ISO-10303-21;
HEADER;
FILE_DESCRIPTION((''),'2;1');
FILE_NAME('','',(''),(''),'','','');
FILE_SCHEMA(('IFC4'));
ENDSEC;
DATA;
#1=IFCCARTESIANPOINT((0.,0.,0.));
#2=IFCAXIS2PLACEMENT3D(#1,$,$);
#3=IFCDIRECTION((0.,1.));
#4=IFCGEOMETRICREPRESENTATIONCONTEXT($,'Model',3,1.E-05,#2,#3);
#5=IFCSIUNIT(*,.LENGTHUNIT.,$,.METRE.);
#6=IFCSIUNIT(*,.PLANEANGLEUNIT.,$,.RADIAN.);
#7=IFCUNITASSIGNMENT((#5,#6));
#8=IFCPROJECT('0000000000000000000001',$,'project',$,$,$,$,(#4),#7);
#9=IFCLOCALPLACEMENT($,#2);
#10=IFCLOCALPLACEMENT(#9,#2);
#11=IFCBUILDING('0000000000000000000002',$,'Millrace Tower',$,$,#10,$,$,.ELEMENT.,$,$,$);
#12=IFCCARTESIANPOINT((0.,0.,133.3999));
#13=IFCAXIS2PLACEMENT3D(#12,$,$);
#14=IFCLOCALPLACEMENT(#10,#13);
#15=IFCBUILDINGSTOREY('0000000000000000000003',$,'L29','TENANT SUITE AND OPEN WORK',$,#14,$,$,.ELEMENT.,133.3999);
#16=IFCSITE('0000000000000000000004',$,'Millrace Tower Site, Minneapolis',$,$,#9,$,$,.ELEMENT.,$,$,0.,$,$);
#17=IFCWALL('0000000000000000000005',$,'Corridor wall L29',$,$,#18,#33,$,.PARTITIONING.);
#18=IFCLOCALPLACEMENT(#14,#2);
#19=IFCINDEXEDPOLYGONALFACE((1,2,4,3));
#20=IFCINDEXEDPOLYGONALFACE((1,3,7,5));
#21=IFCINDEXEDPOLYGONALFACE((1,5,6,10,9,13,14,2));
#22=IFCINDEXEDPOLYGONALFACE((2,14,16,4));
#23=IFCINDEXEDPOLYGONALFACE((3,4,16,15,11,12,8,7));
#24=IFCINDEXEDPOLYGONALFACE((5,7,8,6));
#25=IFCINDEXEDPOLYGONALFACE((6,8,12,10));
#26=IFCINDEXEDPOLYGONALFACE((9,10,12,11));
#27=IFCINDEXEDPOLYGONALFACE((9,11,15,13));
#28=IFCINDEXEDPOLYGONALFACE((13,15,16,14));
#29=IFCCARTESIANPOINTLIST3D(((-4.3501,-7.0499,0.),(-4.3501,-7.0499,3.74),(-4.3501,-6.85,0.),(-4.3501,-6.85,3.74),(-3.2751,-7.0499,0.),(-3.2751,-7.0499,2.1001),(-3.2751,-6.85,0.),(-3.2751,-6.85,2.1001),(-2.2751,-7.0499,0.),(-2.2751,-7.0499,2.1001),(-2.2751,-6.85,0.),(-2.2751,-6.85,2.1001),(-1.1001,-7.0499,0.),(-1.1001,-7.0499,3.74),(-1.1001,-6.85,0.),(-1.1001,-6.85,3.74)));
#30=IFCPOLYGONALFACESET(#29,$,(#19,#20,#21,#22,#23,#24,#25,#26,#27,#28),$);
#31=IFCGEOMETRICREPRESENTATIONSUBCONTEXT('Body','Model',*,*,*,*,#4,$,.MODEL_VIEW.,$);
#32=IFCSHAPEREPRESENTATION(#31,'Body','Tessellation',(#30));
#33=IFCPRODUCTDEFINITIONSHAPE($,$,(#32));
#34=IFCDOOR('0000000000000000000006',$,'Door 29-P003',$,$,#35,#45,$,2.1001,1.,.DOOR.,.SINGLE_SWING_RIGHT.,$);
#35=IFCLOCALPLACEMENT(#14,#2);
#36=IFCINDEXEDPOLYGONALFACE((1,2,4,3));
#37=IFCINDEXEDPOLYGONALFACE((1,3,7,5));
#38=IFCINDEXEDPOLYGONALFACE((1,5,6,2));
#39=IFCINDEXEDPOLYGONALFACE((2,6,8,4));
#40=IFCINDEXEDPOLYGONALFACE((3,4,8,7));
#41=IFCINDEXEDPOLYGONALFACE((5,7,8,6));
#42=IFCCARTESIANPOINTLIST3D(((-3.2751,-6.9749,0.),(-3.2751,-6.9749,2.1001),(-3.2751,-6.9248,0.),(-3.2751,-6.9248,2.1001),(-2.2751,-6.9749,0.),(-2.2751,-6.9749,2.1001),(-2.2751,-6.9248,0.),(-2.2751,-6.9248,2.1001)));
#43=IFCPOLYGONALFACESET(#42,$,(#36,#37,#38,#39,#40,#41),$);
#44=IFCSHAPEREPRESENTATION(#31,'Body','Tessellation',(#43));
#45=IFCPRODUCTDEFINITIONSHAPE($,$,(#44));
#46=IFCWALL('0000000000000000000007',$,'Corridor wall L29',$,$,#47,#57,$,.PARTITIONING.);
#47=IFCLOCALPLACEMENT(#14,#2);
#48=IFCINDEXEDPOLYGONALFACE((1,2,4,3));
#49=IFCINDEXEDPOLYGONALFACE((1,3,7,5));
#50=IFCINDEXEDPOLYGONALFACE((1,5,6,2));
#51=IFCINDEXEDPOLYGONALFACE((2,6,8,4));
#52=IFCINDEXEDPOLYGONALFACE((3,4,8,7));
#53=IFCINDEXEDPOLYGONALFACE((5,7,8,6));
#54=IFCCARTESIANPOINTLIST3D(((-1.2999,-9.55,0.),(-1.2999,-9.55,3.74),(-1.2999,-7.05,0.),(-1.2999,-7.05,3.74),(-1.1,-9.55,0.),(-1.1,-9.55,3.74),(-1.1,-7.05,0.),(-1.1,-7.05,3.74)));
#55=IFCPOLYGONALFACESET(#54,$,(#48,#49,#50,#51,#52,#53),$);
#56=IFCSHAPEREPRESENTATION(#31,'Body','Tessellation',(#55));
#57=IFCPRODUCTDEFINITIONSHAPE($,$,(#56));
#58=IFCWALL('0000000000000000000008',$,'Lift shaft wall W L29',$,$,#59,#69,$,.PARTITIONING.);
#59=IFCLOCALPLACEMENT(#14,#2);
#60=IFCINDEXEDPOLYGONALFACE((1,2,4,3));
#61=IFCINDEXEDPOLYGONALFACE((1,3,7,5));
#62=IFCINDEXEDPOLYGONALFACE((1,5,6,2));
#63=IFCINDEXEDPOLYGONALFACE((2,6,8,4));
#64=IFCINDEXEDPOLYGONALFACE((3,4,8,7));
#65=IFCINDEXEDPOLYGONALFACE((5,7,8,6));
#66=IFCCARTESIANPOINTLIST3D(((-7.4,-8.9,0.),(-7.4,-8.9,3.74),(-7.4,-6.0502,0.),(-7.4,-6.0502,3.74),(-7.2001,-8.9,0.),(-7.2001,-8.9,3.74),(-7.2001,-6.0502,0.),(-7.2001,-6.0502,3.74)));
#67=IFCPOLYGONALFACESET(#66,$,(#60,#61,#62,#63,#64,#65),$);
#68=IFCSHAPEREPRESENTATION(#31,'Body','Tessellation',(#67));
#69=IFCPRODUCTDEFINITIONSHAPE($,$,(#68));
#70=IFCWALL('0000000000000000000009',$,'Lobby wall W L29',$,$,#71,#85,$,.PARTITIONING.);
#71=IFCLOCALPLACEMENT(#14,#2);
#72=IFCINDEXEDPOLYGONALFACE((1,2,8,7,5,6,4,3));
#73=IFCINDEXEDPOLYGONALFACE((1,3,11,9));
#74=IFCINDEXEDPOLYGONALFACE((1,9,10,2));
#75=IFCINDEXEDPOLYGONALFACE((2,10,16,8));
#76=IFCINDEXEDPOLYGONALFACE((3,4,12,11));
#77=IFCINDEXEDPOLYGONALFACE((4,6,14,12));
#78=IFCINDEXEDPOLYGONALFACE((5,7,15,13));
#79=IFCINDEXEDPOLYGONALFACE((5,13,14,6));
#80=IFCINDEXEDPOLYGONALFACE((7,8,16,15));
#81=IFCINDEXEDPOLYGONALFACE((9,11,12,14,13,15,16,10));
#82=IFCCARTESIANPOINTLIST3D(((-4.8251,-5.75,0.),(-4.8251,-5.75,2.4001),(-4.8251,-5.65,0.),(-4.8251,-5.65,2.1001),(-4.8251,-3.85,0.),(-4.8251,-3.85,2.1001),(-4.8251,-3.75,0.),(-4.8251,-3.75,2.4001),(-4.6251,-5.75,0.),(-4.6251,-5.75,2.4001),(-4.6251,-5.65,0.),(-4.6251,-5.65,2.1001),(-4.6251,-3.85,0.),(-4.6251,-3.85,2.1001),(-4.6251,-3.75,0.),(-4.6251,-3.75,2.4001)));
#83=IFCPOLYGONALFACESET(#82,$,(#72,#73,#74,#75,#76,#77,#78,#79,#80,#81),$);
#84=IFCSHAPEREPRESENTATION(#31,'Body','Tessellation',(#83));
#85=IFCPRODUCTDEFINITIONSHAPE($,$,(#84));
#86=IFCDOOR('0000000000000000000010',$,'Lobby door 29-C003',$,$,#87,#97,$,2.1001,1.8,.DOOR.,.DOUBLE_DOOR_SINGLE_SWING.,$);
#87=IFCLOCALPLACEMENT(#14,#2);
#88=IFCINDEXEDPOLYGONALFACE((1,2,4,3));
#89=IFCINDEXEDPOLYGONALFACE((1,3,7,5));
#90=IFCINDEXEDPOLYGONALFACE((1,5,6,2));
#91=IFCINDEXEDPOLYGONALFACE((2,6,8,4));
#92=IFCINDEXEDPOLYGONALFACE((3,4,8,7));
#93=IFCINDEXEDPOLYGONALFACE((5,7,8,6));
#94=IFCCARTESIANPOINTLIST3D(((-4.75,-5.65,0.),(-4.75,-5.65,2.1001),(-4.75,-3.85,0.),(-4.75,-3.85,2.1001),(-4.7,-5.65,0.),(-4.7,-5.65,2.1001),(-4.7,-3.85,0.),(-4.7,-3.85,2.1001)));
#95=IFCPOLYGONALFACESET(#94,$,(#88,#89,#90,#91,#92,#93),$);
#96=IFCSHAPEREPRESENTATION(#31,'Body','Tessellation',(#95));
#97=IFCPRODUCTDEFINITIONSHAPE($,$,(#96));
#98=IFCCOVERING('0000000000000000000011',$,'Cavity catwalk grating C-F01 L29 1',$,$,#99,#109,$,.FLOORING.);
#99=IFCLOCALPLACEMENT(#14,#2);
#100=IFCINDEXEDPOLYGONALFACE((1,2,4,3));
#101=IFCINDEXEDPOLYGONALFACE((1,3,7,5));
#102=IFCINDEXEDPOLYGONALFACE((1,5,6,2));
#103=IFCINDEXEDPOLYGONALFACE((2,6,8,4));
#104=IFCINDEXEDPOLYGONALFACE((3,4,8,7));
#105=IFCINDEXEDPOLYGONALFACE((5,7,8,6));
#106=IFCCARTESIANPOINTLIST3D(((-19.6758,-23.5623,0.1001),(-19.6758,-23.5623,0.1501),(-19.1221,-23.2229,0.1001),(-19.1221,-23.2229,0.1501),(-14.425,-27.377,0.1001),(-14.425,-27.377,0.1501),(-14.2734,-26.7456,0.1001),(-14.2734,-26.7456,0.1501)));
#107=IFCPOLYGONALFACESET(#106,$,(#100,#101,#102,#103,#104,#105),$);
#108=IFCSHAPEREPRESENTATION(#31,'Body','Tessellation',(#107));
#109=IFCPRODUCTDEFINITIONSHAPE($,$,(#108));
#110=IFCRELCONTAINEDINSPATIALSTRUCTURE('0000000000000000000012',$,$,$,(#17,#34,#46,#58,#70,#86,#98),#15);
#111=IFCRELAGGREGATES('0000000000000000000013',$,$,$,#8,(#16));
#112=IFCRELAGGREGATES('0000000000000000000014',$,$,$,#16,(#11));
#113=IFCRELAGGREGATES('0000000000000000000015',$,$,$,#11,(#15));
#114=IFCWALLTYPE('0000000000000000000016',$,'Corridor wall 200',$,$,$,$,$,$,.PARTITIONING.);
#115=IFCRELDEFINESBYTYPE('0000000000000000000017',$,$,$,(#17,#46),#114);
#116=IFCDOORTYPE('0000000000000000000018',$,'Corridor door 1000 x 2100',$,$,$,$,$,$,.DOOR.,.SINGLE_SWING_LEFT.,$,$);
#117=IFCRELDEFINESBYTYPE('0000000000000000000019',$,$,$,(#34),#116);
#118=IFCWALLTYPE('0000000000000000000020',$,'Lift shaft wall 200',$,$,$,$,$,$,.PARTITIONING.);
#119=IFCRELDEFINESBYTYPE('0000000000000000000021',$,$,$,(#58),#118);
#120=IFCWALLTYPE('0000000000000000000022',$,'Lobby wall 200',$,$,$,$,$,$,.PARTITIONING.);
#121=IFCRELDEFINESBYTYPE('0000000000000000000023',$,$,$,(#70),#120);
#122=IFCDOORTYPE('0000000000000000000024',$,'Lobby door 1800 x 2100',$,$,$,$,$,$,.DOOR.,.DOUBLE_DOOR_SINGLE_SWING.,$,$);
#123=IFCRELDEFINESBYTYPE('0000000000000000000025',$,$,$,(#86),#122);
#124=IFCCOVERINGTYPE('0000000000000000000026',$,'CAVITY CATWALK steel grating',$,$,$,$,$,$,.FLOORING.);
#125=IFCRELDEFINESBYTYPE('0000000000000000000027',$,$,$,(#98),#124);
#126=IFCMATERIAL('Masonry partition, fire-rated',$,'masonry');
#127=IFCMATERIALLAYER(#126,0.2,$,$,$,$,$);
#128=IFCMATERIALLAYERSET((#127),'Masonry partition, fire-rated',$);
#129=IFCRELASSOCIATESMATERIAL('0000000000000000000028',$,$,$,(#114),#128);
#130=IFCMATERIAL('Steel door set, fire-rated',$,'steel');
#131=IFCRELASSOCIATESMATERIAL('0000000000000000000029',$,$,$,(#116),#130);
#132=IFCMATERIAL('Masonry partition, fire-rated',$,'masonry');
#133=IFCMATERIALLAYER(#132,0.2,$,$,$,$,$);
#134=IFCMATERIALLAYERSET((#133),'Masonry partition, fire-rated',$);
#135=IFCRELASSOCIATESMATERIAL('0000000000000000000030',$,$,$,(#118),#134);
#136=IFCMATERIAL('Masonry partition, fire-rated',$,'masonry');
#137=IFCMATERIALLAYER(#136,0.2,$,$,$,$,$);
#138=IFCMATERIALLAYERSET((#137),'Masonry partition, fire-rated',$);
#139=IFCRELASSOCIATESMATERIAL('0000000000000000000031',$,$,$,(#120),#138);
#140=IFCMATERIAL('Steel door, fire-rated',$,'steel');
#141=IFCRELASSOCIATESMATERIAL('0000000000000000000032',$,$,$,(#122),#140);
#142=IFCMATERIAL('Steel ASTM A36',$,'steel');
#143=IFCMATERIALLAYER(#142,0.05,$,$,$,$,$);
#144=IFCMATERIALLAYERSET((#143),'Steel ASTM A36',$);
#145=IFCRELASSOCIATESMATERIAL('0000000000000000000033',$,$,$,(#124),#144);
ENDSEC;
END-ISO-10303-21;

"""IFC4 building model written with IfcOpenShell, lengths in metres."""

from ifc_helpers import new_model, si_unit, direction, frame, frame_2d, origin, place, context, subcontext, project, spatial, polyline, rectangle, outline, extrude, material, layer, layer_set, type_object, element, fill, save


model = new_model("IFC4")

# Units and contexts
model_context = context("Model", 3, precision=1e-05, world=origin(), true_north=direction((0.0, 1.0)))
body_context = subcontext(model_context, "Body", "Model", "MODEL_VIEW")
ifc_project = project(units=[si_unit("LENGTHUNIT", "METRE"), si_unit("PLANEANGLEUNIT", "RADIAN")], contexts=[model_context])

# Site, building, storey
site_placement = place(None, origin())
site = spatial("IfcSite", under=ifc_project, at=site_placement, Name="Millrace Tower Site, Minneapolis", CompositionType="ELEMENT", RefElevation=0.0)
building_placement = place(site_placement, origin())
building = spatial("IfcBuilding", under=site, at=building_placement, Name="Millrace Tower", CompositionType="ELEMENT")
storey_placement = place(building_placement, frame((0.0, 0.0, 133.3999)))
storey = spatial("IfcBuildingStorey", under=building, at=storey_placement, Name="L29", Description="TENANT SUITE AND OPEN WORK", CompositionType="ELEMENT", Elevation=133.3999)

# Shared definitions
ifc_material_1 = material(Name="Masonry partition, fire-rated", Category="masonry")
ifc_layer_1 = layer(ifc_material_1, 0.2)
ifc_layer_set_1 = layer_set([ifc_layer_1], Name="Masonry partition, fire-rated")
wall_type_1 = type_object("IfcWallType", Name="Corridor wall 200", PredefinedType="PARTITIONING", material=ifc_layer_set_1)

# Wall, opening, door
wall_1_placement = place(storey_placement, frame((-4.3501, -6.95, 0.0), z_axis=(0.0, 0.0, 1.0), x_axis=(1.0, 0.0, 0.0)))
wall_1 = element("IfcWall", 1, at=wall_1_placement, inside=storey, type_object=wall_type_1, Name="Corridor wall L29", PredefinedType="PARTITIONING", context=body_context, shape_type="SweptSolid", body=[
    extrude(rectangle(XDim=3.25, YDim=0.2, at=frame_2d((1.625, 0.0))), origin(), (0.0, 0.0, 1.0), 3.74),
])
opening_1_placement = place(wall_1_placement, frame((1.075, 0.0, 0.0)))
opening_1 = element("IfcOpeningElement", 2, at=opening_1_placement, cuts=wall_1, PredefinedType="OPENING", context=body_context, shape_type="SweptSolid", body=[
    extrude(rectangle(XDim=1.0, YDim=2.1001, at=frame_2d((0.5, 1.05))), frame((0.0, 0.1099, 0.0), z_axis=(0.0, -1.0, 0.0), x_axis=(1.0, 0.0, 0.0)), (0.0, 0.0, 1.0), 0.22),
])
ifc_material_2 = material(Name="Steel door set, fire-rated", Category="steel")
door_type_1 = type_object("IfcDoorType", Name="Corridor door 1000 x 2100", OperationType="SINGLE_SWING_LEFT", PredefinedType="DOOR", material=ifc_material_2)
door_1_placement = place(opening_1_placement, frame((1.0, 0.0, 0.0), z_axis=(0.0, 0.0, 1.0), x_axis=(-1.0, 0.0, 0.0)))
door_1 = element("IfcDoor", 3, at=door_1_placement, inside=storey, type_object=door_type_1, Name="Door 29-P003", OperationType="SINGLE_SWING_RIGHT", OverallHeight=2.1001, OverallWidth=1.0, PredefinedType="DOOR", context=body_context, shape_type="SweptSolid", body=[
    extrude(rectangle(XDim=1.0, YDim=2.1001, at=frame_2d((0.5, 1.05))), frame((0.0, 0.0249, 0.0), z_axis=(0.0, -1.0, 0.0), x_axis=(1.0, 0.0, 0.0)), (0.0, 0.0, 1.0), 0.05),
])
fill(opening_1, door_1)

# Walls
wall_2_placement = place(storey_placement, frame((-1.2, -9.55, 0.0), z_axis=(0.0, 0.0, 1.0), x_axis=(0.0, 1.0, 0.0)))
element("IfcWall", 4, at=wall_2_placement, inside=storey, type_object=wall_type_1, Name="Corridor wall L29", PredefinedType="PARTITIONING", context=body_context, shape_type="SweptSolid", body=[
    extrude(rectangle(XDim=2.5, YDim=0.2, at=frame_2d((1.25, 0.0))), origin(), (0.0, 0.0, 1.0), 3.74),
])
ifc_material_3 = material(Name="Masonry partition, fire-rated", Category="masonry")
ifc_layer_2 = layer(ifc_material_3, 0.2)
ifc_layer_set_2 = layer_set([ifc_layer_2], Name="Masonry partition, fire-rated")
wall_type_2 = type_object("IfcWallType", Name="Lift shaft wall 200", PredefinedType="PARTITIONING", material=ifc_layer_set_2)
wall_3_placement = place(storey_placement, frame((-7.3, -8.8999, 0.0), z_axis=(0.0, 0.0, 1.0), x_axis=(0.0, 1.0, 0.0)))
element("IfcWall", 5, at=wall_3_placement, inside=storey, type_object=wall_type_2, Name="Lift shaft wall W L29", PredefinedType="PARTITIONING", context=body_context, shape_type="SweptSolid", body=[
    extrude(rectangle(XDim=2.8499, YDim=0.2, at=frame_2d((1.4248, 0.0))), origin(), (0.0, 0.0, 1.0), 3.74),
])

# Wall, opening, door
ifc_material_4 = material(Name="Masonry partition, fire-rated", Category="masonry")
ifc_layer_3 = layer(ifc_material_4, 0.2)
ifc_layer_set_3 = layer_set([ifc_layer_3], Name="Masonry partition, fire-rated")
wall_type_3 = type_object("IfcWallType", Name="Lobby wall 200", PredefinedType="PARTITIONING", material=ifc_layer_set_3)
wall_4_placement = place(storey_placement, frame((-4.7251, -5.75, 0.0), z_axis=(0.0, 0.0, 1.0), x_axis=(0.0, 1.0, 0.0)))
wall_4 = element("IfcWall", 6, at=wall_4_placement, inside=storey, type_object=wall_type_3, Name="Lobby wall W L29", PredefinedType="PARTITIONING", context=body_context, shape_type="SweptSolid", body=[
    extrude(rectangle(XDim=2.0, YDim=0.2, at=frame_2d((1.0, 0.0))), origin(), (0.0, 0.0, 1.0), 2.4001),
])
opening_2_placement = place(wall_4_placement, frame((0.1001, 0.0, 0.0)))
opening_2 = element("IfcOpeningElement", 7, at=opening_2_placement, cuts=wall_4, PredefinedType="OPENING", context=body_context, shape_type="SweptSolid", body=[
    extrude(rectangle(XDim=1.8, YDim=2.1001, at=frame_2d((0.8999, 1.05))), frame((0.0, 0.1099, 0.0), z_axis=(0.0, -1.0, 0.0), x_axis=(1.0, 0.0, 0.0)), (0.0, 0.0, 1.0), 0.22),
])
ifc_material_5 = material(Name="Steel door, fire-rated", Category="steel")
door_type_2 = type_object("IfcDoorType", Name="Lobby door 1800 x 2100", OperationType="DOUBLE_DOOR_SINGLE_SWING", PredefinedType="DOOR", material=ifc_material_5)
door_2_placement = place(opening_2_placement, origin())
door_2 = element("IfcDoor", 8, at=door_2_placement, inside=storey, type_object=door_type_2, Name="Lobby door 29-C003", OperationType="DOUBLE_DOOR_SINGLE_SWING", OverallHeight=2.1001, OverallWidth=1.8, PredefinedType="DOOR", context=body_context, shape_type="SweptSolid", body=[
    extrude(rectangle(XDim=1.8, YDim=2.1001, at=frame_2d((0.8999, 1.05))), frame((0.0, 0.0249, 0.0), z_axis=(0.0, -1.0, 0.0), x_axis=(1.0, 0.0, 0.0)), (0.0, 0.0, 1.0), 0.05),
])
fill(opening_2, door_2)

# Covering
ifc_material_6 = material(Name="Steel ASTM A36", Category="steel")
ifc_layer_4 = layer(ifc_material_6, 0.05)
ifc_layer_set_4 = layer_set([ifc_layer_4], Name="Steel ASTM A36")
covering_type = type_object("IfcCoveringType", Name="CAVITY CATWALK steel grating", PredefinedType="FLOORING", material=ifc_layer_set_4)
covering_placement = place(storey_placement, frame((0.0, 0.0, 0.1001)))
element("IfcCovering", 9, at=covering_placement, inside=storey, type_object=covering_type, Name="Cavity catwalk grating C-F01 L29 1", PredefinedType="FLOORING", context=body_context, shape_type="SweptSolid", body=[
    extrude(outline(polyline([(-19.6758, -23.5623), (-14.425, -27.377), (-14.2734, -26.7456), (-19.1221, -23.2229), (-19.6758, -23.5623)])), origin(), (0.0, 0.0, 1.0), 0.05),
])

save(model, "model.ifc")
